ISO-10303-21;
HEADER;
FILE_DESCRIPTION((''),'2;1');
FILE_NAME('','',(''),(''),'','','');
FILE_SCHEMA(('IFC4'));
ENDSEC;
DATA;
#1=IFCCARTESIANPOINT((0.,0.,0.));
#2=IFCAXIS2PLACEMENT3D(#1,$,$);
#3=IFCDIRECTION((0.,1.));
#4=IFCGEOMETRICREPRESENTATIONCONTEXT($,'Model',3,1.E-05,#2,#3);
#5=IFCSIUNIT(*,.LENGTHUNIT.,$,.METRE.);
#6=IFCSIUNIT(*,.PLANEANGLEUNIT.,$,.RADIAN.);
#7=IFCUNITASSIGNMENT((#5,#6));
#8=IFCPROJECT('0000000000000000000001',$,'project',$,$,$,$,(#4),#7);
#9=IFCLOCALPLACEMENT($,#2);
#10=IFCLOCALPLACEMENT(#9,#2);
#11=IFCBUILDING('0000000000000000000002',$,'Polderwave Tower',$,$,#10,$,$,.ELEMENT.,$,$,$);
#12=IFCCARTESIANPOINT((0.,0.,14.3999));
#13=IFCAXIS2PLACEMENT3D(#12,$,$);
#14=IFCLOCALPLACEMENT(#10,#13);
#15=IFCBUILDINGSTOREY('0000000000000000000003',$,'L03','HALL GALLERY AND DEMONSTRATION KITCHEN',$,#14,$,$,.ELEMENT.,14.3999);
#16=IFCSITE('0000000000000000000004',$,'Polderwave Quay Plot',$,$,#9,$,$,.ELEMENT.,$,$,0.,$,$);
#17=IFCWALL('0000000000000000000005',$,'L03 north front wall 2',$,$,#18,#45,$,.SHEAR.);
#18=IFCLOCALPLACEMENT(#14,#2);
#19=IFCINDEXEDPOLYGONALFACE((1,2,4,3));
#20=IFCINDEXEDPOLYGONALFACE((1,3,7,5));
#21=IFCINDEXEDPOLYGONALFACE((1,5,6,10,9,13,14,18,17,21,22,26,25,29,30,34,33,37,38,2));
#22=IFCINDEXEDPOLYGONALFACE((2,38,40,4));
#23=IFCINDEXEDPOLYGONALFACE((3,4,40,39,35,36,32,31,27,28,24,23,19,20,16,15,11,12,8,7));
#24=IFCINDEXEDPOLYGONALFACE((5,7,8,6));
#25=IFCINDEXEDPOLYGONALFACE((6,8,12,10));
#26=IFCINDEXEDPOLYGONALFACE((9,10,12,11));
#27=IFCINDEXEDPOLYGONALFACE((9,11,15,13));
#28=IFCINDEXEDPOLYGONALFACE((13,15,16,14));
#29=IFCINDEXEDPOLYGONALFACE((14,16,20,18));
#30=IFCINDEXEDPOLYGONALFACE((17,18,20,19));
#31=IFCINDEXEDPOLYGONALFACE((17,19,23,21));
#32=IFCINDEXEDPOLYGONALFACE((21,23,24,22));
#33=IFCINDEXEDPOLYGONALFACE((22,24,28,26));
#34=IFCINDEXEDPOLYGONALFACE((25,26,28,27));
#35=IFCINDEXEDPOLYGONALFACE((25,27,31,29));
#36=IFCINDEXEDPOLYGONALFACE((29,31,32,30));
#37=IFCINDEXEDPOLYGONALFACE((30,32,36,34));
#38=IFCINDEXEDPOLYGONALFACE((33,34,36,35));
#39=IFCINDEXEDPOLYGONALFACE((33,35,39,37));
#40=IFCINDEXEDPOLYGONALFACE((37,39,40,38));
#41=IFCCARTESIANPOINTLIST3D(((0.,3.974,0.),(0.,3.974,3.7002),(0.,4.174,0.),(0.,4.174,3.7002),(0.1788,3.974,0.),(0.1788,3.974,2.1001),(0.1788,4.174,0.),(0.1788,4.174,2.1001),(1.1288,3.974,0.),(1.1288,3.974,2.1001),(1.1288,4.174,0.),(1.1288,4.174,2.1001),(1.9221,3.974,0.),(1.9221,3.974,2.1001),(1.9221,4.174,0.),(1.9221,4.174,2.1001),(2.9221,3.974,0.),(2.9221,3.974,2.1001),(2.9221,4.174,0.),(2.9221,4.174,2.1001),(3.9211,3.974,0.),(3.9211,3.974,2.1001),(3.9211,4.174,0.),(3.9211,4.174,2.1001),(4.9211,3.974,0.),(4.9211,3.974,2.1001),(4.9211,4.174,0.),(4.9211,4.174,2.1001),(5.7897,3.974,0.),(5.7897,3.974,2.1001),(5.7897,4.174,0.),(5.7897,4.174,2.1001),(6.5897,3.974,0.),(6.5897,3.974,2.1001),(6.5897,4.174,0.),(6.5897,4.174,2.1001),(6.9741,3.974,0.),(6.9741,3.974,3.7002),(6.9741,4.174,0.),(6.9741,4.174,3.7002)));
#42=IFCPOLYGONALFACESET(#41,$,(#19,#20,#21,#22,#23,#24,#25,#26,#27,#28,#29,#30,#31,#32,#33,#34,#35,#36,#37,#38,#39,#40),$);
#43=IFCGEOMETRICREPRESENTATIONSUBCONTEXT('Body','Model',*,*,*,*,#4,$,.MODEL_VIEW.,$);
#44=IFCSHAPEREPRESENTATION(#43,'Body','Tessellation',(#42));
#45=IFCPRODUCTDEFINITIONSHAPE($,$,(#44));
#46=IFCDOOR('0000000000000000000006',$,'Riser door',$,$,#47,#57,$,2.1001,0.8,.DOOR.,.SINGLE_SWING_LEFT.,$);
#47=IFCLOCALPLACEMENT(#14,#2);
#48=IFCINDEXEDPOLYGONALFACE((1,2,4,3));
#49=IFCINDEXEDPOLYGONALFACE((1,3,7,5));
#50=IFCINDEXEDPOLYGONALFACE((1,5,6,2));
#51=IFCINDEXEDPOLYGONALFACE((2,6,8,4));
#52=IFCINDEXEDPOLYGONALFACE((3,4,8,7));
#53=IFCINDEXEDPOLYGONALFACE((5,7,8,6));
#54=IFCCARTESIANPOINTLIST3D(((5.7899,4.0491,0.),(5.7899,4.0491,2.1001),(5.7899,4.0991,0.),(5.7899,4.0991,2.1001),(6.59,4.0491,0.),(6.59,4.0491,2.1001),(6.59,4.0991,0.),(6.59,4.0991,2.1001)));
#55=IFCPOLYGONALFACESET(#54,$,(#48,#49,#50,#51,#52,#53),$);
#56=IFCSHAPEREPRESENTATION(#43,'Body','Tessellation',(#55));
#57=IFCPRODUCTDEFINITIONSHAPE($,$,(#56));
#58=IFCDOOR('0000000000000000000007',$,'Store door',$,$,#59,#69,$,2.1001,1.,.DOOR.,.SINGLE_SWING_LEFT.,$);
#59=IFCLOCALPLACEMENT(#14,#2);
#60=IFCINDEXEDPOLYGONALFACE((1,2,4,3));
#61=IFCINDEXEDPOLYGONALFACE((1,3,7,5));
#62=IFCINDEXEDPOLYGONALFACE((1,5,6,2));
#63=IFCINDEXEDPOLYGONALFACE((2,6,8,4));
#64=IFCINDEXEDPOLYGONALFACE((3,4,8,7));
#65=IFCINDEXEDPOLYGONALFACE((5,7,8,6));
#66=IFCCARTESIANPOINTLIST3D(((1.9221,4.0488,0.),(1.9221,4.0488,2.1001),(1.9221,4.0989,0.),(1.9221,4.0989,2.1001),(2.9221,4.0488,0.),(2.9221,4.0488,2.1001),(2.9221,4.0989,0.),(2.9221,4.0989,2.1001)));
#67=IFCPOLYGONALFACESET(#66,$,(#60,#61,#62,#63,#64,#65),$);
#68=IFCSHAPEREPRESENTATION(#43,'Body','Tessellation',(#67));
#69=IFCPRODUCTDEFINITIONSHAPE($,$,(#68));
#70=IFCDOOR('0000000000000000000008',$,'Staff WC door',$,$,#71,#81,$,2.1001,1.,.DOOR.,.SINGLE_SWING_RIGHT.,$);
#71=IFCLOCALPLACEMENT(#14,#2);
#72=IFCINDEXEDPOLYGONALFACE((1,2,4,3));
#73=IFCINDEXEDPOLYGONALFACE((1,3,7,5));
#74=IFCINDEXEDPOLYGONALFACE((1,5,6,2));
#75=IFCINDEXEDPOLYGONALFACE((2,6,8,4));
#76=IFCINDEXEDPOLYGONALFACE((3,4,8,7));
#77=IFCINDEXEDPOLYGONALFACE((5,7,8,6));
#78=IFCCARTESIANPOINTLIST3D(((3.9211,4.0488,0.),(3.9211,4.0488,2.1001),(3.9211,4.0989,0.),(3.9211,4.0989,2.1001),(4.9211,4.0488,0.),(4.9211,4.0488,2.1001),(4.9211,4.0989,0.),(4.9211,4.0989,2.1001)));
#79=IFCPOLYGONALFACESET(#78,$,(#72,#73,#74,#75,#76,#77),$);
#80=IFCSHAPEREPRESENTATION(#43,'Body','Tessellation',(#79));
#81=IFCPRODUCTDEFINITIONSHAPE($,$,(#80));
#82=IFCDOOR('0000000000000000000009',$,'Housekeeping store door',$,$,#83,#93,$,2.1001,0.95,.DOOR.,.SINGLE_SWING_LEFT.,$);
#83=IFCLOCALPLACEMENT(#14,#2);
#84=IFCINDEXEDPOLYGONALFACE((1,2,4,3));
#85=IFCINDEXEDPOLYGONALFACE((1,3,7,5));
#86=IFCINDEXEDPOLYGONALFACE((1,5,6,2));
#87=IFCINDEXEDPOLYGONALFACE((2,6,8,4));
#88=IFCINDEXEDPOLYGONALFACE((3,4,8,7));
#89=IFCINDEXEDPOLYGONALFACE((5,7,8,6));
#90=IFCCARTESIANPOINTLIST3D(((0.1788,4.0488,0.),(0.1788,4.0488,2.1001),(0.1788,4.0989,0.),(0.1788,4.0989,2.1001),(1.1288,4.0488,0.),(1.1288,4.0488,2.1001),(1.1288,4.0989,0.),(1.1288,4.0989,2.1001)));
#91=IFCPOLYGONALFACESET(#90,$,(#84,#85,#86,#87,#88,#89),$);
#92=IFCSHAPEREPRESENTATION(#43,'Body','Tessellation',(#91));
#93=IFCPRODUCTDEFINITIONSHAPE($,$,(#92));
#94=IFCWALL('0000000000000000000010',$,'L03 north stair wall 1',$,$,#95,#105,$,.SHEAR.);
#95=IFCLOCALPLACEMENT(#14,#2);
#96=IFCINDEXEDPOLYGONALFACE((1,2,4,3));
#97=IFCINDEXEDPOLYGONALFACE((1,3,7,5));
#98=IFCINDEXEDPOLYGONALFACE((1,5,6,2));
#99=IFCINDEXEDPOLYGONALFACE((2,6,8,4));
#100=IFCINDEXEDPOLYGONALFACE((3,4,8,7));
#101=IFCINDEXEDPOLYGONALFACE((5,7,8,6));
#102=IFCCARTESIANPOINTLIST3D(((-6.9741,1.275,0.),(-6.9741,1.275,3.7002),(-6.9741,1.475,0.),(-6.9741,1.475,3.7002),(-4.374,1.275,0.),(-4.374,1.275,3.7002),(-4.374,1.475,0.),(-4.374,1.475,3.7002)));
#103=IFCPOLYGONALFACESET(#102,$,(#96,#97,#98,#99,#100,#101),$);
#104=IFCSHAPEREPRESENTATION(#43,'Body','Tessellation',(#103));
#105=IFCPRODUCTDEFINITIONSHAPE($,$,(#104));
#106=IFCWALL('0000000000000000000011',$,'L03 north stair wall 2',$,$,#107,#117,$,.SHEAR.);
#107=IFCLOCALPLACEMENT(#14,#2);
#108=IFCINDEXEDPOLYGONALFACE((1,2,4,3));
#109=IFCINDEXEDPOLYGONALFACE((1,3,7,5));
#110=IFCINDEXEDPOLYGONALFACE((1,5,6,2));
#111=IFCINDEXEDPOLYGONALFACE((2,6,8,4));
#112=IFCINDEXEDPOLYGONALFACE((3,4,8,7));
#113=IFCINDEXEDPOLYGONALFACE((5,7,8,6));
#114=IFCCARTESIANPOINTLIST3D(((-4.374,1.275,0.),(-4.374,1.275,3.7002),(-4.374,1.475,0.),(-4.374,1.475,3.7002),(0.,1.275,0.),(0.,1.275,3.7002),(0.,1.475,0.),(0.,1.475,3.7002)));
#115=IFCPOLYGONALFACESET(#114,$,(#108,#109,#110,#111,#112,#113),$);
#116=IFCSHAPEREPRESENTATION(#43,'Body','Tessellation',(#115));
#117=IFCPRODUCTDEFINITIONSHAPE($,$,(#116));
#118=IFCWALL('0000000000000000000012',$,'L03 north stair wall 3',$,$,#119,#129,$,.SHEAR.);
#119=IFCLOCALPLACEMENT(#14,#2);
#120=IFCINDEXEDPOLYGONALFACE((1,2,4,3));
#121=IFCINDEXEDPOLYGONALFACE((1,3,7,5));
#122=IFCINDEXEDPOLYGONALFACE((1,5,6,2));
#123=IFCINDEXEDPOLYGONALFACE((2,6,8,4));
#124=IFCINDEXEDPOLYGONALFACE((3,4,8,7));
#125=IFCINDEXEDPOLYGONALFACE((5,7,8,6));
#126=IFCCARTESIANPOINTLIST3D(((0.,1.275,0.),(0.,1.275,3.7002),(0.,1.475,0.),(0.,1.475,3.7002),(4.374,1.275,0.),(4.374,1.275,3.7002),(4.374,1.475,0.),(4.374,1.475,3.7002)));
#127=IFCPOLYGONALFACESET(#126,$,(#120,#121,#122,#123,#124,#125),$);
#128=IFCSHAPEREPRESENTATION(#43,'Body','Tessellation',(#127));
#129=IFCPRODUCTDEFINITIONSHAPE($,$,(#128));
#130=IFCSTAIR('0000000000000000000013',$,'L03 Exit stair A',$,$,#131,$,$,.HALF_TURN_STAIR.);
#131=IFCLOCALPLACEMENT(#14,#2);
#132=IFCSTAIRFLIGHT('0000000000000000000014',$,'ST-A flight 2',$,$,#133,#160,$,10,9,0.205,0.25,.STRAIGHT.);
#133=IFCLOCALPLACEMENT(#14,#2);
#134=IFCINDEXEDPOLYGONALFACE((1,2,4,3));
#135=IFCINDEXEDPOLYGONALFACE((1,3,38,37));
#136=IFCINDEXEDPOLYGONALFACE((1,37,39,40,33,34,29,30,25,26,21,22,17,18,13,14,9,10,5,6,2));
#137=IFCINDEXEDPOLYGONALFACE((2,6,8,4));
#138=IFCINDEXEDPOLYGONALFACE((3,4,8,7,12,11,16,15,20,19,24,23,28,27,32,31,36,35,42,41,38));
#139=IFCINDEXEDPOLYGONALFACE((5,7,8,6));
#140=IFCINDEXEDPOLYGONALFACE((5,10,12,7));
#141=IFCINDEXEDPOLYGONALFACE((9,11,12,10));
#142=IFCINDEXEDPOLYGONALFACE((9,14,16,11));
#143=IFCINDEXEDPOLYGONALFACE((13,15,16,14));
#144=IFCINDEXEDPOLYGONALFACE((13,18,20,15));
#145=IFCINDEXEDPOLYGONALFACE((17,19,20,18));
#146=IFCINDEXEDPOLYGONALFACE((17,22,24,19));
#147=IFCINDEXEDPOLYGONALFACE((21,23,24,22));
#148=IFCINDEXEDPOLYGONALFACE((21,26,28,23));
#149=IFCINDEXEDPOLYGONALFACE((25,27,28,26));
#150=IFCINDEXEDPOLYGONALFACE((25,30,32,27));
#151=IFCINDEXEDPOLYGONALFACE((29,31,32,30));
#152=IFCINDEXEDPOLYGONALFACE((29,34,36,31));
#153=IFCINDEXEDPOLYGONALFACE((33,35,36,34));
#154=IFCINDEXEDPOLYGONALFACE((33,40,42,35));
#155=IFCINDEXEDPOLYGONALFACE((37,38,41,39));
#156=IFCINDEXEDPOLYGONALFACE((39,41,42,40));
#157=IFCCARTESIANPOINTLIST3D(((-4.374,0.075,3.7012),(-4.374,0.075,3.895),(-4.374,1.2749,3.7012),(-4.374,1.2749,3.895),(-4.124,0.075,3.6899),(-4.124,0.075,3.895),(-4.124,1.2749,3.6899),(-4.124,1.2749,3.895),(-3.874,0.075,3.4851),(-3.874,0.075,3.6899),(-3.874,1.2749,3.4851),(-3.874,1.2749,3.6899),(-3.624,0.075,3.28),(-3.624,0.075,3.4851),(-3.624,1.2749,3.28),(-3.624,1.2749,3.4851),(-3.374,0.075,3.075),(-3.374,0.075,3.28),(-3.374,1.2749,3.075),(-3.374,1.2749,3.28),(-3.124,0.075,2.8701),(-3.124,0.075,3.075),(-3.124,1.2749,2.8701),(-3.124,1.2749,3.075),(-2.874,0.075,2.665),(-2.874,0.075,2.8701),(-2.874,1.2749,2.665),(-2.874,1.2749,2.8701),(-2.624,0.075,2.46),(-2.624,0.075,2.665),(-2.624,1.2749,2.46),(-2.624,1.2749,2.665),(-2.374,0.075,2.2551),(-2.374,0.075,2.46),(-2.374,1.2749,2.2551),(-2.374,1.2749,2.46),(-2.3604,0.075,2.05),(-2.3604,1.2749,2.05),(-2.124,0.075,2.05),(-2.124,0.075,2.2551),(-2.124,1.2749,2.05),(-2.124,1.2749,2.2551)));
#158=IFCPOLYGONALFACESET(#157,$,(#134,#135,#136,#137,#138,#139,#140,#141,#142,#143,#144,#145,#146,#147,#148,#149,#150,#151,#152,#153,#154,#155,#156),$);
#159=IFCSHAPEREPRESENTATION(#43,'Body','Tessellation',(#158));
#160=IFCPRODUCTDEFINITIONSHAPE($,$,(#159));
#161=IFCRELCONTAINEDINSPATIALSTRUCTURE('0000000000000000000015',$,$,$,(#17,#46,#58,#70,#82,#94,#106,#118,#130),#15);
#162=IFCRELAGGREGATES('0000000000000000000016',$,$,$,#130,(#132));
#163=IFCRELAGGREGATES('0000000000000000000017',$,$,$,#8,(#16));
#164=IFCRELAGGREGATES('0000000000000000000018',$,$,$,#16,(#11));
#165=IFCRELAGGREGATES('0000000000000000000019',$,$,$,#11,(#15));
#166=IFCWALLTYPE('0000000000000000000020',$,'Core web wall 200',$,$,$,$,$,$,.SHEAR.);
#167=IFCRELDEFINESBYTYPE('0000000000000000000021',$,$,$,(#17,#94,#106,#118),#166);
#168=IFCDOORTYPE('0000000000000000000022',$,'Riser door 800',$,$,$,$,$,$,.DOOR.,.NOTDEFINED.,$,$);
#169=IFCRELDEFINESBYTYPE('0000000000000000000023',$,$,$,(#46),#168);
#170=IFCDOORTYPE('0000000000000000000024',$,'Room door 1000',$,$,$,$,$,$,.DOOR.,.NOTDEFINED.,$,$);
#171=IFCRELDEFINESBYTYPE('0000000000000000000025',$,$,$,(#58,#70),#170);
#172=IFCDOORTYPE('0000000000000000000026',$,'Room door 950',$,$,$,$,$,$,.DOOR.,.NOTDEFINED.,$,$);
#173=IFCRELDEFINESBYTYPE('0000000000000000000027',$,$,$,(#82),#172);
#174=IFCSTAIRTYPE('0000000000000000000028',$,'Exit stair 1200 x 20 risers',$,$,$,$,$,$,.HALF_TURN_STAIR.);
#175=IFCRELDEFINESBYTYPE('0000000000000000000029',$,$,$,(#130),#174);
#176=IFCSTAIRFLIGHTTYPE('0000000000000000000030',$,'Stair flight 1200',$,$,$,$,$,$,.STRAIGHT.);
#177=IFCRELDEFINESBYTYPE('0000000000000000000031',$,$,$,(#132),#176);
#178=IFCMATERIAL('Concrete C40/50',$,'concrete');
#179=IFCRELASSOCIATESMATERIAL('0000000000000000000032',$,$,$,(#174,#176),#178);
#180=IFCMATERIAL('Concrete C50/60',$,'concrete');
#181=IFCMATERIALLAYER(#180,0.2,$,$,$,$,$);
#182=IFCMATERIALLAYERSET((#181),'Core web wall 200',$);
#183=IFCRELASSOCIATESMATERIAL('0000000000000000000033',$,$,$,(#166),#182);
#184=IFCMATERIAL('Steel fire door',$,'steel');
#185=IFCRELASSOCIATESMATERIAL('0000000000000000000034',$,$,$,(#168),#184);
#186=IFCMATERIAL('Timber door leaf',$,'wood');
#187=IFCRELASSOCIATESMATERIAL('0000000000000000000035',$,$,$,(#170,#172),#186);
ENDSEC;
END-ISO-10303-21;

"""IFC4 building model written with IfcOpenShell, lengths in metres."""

from ifc_helpers import new_model, si_unit, direction, frame, frame_2d, origin, place, context, subcontext, project, spatial, polyline, rectangle, outline, extrude, material, layer, layer_set, type_object, element, fill, aggregate, save


model = new_model("IFC4")

# Units and contexts
model_context = context("Model", 3, precision=1e-05, world=origin(), true_north=direction((0.0, 1.0)))
body_context = subcontext(model_context, "Body", "Model", "MODEL_VIEW")
ifc_project = project(units=[si_unit("LENGTHUNIT", "METRE"), si_unit("PLANEANGLEUNIT", "RADIAN")], contexts=[model_context])

# Site, building, storey
site_placement = place(None, origin())
site = spatial("IfcSite", under=ifc_project, at=site_placement, Name="Polderwave Quay Plot", CompositionType="ELEMENT", RefElevation=0.0)
building_placement = place(site_placement, origin())
building = spatial("IfcBuilding", under=site, at=building_placement, Name="Polderwave Tower", CompositionType="ELEMENT")
storey_placement = place(building_placement, frame((0.0, 0.0, 14.3999)))
storey = spatial("IfcBuildingStorey", under=building, at=storey_placement, Name="L03", Description="HALL GALLERY AND DEMONSTRATION KITCHEN", CompositionType="ELEMENT", Elevation=14.3999)

# Shared definitions
ifc_material_1 = material(Name="Concrete C40/50", Category="concrete")

# Shared definitions
stair_type = type_object("IfcStairType", Name="Exit stair 1200 x 20 risers", PredefinedType="HALF_TURN_STAIR", material=ifc_material_1)

# Shared definitions
ifc_material_2 = material(Name="Steel fire door", Category="steel")

# Shared definitions
ifc_material_3 = material(Name="Concrete C50/60", Category="concrete")
ifc_layer_1 = layer(ifc_material_3, 0.2)
ifc_layer_set_1 = layer_set([ifc_layer_1], Name="Core web wall 200")
wall_type_1 = type_object("IfcWallType", Name="Core web wall 200", PredefinedType="SHEAR", material=ifc_layer_set_1)

# Wall, openings, doors
wall_1_placement = place(storey_placement, frame((0.0, 4.074, 0.0), z_axis=(0.0, 0.0, 1.0), x_axis=(1.0, 0.0, 0.0)))
wall_1 = element("IfcWall", 1, at=wall_1_placement, inside=storey, type_object=wall_type_1, Name="L03 north front wall 2", PredefinedType="SHEAR", context=body_context, shape_type="SweptSolid", body=[
    extrude(rectangle(XDim=6.9741, YDim=0.2, at=frame_2d((3.4871, 0.0))), origin(), (0.0, 0.0, 1.0), 3.7002),
])
opening_1_placement = place(wall_1_placement, frame((0.1787, 0.0, 0.0)))
opening_1 = element("IfcOpeningElement", 2, at=opening_1_placement, cuts=wall_1, PredefinedType="OPENING", context=body_context, shape_type="SweptSolid", body=[
    extrude(rectangle(XDim=0.95, YDim=2.1001, at=frame_2d((0.4751, 1.05))), frame((0.0, 0.1099, 0.0), z_axis=(0.0, -1.0, 0.0), x_axis=(1.0, 0.0, 0.0)), (0.0, 0.0, 1.0), 0.22),
])
opening_2_placement = place(wall_1_placement, frame((1.9221, 0.0, 0.0)))
opening_2 = element("IfcOpeningElement", 3, at=opening_2_placement, cuts=wall_1, PredefinedType="OPENING", context=body_context, shape_type="SweptSolid", body=[
    extrude(rectangle(XDim=1.0, YDim=2.1001, at=frame_2d((0.5, 1.05))), frame((0.0, 0.1099, 0.0), z_axis=(0.0, -1.0, 0.0), x_axis=(1.0, 0.0, 0.0)), (0.0, 0.0, 1.0), 0.22),
])
opening_3_placement = place(wall_1_placement, frame((3.9211, 0.0, 0.0)))
opening_3 = element("IfcOpeningElement", 4, at=opening_3_placement, cuts=wall_1, PredefinedType="OPENING", context=body_context, shape_type="SweptSolid", body=[
    extrude(rectangle(XDim=1.0, YDim=2.1001, at=frame_2d((0.5, 1.05))), frame((0.0, 0.1099, 0.0), z_axis=(0.0, -1.0, 0.0), x_axis=(1.0, 0.0, 0.0)), (0.0, 0.0, 1.0), 0.22),
])
opening_4_placement = place(wall_1_placement, frame((5.7898, 0.0, 0.0)))
opening_4 = element("IfcOpeningElement", 5, at=opening_4_placement, cuts=wall_1, PredefinedType="OPENING", context=body_context, shape_type="SweptSolid", body=[
    extrude(rectangle(XDim=0.8, YDim=2.1001, at=frame_2d((0.3999, 1.05))), frame((0.0, 0.1099, 0.0), z_axis=(0.0, -1.0, 0.0), x_axis=(1.0, 0.0, 0.0)), (0.0, 0.0, 1.0), 0.22),
])
door_type_1 = type_object("IfcDoorType", Name="Riser door 800", OperationType="NOTDEFINED", PredefinedType="DOOR", material=ifc_material_2)
door_1_placement = place(opening_4_placement, frame((0.8, 0.0, 0.0), z_axis=(0.0, 0.0, 1.0), x_axis=(-1.0, 0.0, 0.0)))
door_1 = element("IfcDoor", 6, at=door_1_placement, inside=storey, type_object=door_type_1, Name="Riser door", OperationType="SINGLE_SWING_LEFT", OverallHeight=2.1001, OverallWidth=0.8, PredefinedType="DOOR", context=body_context, shape_type="SweptSolid", body=[
    extrude(rectangle(XDim=0.8, YDim=2.1001, at=frame_2d((0.3999, 1.05))), frame((0.0, 0.0249, 0.0), z_axis=(0.0, -1.0, 0.0), x_axis=(1.0, 0.0, 0.0)), (0.0, 0.0, 1.0), 0.05),
])
fill(opening_4, door_1)
ifc_material_4 = material(Name="Timber door leaf", Category="wood")
door_type_2 = type_object("IfcDoorType", Name="Room door 1000", OperationType="NOTDEFINED", PredefinedType="DOOR", material=ifc_material_4)
door_2_placement = place(opening_2_placement, origin())
door_2 = element("IfcDoor", 7, at=door_2_placement, inside=storey, type_object=door_type_2, Name="Store door", OperationType="SINGLE_SWING_LEFT", OverallHeight=2.1001, OverallWidth=1.0, PredefinedType="DOOR", context=body_context, shape_type="SweptSolid", body=[
    extrude(rectangle(XDim=1.0, YDim=2.1001, at=frame_2d((0.5, 1.05))), frame((0.0, 0.0249, 0.0), z_axis=(0.0, -1.0, 0.0), x_axis=(1.0, 0.0, 0.0)), (0.0, 0.0, 1.0), 0.05),
])
fill(opening_2, door_2)
door_3_placement = place(opening_3_placement, origin())
door_3 = element("IfcDoor", 8, at=door_3_placement, inside=storey, type_object=door_type_2, Name="Staff WC door", OperationType="SINGLE_SWING_RIGHT", OverallHeight=2.1001, OverallWidth=1.0, PredefinedType="DOOR", context=body_context, shape_type="SweptSolid", body=[
    extrude(rectangle(XDim=1.0, YDim=2.1001, at=frame_2d((0.5, 1.05))), frame((0.0, 0.0249, 0.0), z_axis=(0.0, -1.0, 0.0), x_axis=(1.0, 0.0, 0.0)), (0.0, 0.0, 1.0), 0.05),
])
fill(opening_3, door_3)
door_type_3 = type_object("IfcDoorType", Name="Room door 950", OperationType="NOTDEFINED", PredefinedType="DOOR", material=ifc_material_4)
door_4_placement = place(opening_1_placement, origin())
door_4 = element("IfcDoor", 9, at=door_4_placement, inside=storey, type_object=door_type_3, Name="Housekeeping store door", OperationType="SINGLE_SWING_LEFT", OverallHeight=2.1001, OverallWidth=0.95, PredefinedType="DOOR", context=body_context, shape_type="SweptSolid", body=[
    extrude(rectangle(XDim=0.95, YDim=2.1001, at=frame_2d((0.4751, 1.05))), frame((0.0, 0.0249, 0.0), z_axis=(0.0, -1.0, 0.0), x_axis=(1.0, 0.0, 0.0)), (0.0, 0.0, 1.0), 0.05),
])
fill(opening_1, door_4)

# Walls
wall_2_placement = place(storey_placement, frame((-6.9741, 1.375, 0.0), z_axis=(0.0, 0.0, 1.0), x_axis=(1.0, 0.0, 0.0)))
element("IfcWall", 10, at=wall_2_placement, inside=storey, type_object=wall_type_1, Name="L03 north stair wall 1", PredefinedType="SHEAR", context=body_context, shape_type="SweptSolid", body=[
    extrude(rectangle(XDim=2.6001, YDim=0.2, at=frame_2d((1.3, 0.0))), origin(), (0.0, 0.0, 1.0), 3.7002),
])
for number, where, z_axis, x_axis, name in (
    (11, (-4.374, 1.375, 0.0), (0.0, 0.0, 1.0), (1.0, 0.0, 0.0), "L03 north stair wall 2"),
    (12, (0.0, 1.375, 0.0), (0.0, 0.0, 1.0), (1.0, 0.0, 0.0), "L03 north stair wall 3"),
):
    element("IfcWall", number, at=place(storey_placement, frame(where, z_axis=z_axis, x_axis=x_axis)), inside=storey, type_object=wall_type_1, Name=name, PredefinedType="SHEAR", context=body_context, shape_type="SweptSolid", body=[
        extrude(rectangle(XDim=4.374, YDim=0.2, at=frame_2d((2.187, 0.0))), origin(), (0.0, 0.0, 1.0), 3.7002),
    ])

# Stair, stair flight
stair_1_placement = place(storey_placement, origin())
stair_1 = element("IfcStair", 13, at=stair_1_placement, inside=storey, type_object=stair_type, Name="L03 Exit stair A", PredefinedType="HALF_TURN_STAIR")
stair_flight_type = type_object("IfcStairFlightType", Name="Stair flight 1200", PredefinedType="STRAIGHT", material=ifc_material_1)
stair_flight_placement = place(storey_placement, frame((-2.124, 0.675, 2.05), z_axis=(0.0, 0.0, 1.0), x_axis=(-1.0, 0.0, 0.0)))
stair_flight = element("IfcStairFlight", 14, at=stair_flight_placement, type_object=stair_flight_type, Name="ST-A flight 2", NumberOfRisers=10, NumberOfTreads=9, PredefinedType="STRAIGHT", RiserHeight=0.205, TreadLength=0.25, context=body_context, shape_type="SweptSolid", body=[
    extrude(outline(polyline([(0.0, 0.0), (0.0, 0.2051), (0.25, 0.2051), (0.25, 0.4099), (0.5, 0.4099), (0.5, 0.615), (0.75, 0.615), (0.75, 0.8201), (1.0, 0.8201), (1.0, 1.0249), (1.25, 1.0249), (1.25, 1.23), (1.5, 1.23), (1.5, 1.4351), (1.75, 1.4351), (1.75, 1.6399), (2.0, 1.6399), (2.0, 1.845), (2.25, 1.845), (2.25, 2.05), (2.25, 1.6511), (0.2363, 0.0), (0.0, 0.0)])), frame((0.0, 0.6001, 0.0), z_axis=(0.0, -1.0, 0.0), x_axis=(1.0, 0.0, 0.0)), (0.0, 0.0, 1.0), 1.2),
])
aggregate(stair_1, [stair_flight])

save(model, "model.ifc")
